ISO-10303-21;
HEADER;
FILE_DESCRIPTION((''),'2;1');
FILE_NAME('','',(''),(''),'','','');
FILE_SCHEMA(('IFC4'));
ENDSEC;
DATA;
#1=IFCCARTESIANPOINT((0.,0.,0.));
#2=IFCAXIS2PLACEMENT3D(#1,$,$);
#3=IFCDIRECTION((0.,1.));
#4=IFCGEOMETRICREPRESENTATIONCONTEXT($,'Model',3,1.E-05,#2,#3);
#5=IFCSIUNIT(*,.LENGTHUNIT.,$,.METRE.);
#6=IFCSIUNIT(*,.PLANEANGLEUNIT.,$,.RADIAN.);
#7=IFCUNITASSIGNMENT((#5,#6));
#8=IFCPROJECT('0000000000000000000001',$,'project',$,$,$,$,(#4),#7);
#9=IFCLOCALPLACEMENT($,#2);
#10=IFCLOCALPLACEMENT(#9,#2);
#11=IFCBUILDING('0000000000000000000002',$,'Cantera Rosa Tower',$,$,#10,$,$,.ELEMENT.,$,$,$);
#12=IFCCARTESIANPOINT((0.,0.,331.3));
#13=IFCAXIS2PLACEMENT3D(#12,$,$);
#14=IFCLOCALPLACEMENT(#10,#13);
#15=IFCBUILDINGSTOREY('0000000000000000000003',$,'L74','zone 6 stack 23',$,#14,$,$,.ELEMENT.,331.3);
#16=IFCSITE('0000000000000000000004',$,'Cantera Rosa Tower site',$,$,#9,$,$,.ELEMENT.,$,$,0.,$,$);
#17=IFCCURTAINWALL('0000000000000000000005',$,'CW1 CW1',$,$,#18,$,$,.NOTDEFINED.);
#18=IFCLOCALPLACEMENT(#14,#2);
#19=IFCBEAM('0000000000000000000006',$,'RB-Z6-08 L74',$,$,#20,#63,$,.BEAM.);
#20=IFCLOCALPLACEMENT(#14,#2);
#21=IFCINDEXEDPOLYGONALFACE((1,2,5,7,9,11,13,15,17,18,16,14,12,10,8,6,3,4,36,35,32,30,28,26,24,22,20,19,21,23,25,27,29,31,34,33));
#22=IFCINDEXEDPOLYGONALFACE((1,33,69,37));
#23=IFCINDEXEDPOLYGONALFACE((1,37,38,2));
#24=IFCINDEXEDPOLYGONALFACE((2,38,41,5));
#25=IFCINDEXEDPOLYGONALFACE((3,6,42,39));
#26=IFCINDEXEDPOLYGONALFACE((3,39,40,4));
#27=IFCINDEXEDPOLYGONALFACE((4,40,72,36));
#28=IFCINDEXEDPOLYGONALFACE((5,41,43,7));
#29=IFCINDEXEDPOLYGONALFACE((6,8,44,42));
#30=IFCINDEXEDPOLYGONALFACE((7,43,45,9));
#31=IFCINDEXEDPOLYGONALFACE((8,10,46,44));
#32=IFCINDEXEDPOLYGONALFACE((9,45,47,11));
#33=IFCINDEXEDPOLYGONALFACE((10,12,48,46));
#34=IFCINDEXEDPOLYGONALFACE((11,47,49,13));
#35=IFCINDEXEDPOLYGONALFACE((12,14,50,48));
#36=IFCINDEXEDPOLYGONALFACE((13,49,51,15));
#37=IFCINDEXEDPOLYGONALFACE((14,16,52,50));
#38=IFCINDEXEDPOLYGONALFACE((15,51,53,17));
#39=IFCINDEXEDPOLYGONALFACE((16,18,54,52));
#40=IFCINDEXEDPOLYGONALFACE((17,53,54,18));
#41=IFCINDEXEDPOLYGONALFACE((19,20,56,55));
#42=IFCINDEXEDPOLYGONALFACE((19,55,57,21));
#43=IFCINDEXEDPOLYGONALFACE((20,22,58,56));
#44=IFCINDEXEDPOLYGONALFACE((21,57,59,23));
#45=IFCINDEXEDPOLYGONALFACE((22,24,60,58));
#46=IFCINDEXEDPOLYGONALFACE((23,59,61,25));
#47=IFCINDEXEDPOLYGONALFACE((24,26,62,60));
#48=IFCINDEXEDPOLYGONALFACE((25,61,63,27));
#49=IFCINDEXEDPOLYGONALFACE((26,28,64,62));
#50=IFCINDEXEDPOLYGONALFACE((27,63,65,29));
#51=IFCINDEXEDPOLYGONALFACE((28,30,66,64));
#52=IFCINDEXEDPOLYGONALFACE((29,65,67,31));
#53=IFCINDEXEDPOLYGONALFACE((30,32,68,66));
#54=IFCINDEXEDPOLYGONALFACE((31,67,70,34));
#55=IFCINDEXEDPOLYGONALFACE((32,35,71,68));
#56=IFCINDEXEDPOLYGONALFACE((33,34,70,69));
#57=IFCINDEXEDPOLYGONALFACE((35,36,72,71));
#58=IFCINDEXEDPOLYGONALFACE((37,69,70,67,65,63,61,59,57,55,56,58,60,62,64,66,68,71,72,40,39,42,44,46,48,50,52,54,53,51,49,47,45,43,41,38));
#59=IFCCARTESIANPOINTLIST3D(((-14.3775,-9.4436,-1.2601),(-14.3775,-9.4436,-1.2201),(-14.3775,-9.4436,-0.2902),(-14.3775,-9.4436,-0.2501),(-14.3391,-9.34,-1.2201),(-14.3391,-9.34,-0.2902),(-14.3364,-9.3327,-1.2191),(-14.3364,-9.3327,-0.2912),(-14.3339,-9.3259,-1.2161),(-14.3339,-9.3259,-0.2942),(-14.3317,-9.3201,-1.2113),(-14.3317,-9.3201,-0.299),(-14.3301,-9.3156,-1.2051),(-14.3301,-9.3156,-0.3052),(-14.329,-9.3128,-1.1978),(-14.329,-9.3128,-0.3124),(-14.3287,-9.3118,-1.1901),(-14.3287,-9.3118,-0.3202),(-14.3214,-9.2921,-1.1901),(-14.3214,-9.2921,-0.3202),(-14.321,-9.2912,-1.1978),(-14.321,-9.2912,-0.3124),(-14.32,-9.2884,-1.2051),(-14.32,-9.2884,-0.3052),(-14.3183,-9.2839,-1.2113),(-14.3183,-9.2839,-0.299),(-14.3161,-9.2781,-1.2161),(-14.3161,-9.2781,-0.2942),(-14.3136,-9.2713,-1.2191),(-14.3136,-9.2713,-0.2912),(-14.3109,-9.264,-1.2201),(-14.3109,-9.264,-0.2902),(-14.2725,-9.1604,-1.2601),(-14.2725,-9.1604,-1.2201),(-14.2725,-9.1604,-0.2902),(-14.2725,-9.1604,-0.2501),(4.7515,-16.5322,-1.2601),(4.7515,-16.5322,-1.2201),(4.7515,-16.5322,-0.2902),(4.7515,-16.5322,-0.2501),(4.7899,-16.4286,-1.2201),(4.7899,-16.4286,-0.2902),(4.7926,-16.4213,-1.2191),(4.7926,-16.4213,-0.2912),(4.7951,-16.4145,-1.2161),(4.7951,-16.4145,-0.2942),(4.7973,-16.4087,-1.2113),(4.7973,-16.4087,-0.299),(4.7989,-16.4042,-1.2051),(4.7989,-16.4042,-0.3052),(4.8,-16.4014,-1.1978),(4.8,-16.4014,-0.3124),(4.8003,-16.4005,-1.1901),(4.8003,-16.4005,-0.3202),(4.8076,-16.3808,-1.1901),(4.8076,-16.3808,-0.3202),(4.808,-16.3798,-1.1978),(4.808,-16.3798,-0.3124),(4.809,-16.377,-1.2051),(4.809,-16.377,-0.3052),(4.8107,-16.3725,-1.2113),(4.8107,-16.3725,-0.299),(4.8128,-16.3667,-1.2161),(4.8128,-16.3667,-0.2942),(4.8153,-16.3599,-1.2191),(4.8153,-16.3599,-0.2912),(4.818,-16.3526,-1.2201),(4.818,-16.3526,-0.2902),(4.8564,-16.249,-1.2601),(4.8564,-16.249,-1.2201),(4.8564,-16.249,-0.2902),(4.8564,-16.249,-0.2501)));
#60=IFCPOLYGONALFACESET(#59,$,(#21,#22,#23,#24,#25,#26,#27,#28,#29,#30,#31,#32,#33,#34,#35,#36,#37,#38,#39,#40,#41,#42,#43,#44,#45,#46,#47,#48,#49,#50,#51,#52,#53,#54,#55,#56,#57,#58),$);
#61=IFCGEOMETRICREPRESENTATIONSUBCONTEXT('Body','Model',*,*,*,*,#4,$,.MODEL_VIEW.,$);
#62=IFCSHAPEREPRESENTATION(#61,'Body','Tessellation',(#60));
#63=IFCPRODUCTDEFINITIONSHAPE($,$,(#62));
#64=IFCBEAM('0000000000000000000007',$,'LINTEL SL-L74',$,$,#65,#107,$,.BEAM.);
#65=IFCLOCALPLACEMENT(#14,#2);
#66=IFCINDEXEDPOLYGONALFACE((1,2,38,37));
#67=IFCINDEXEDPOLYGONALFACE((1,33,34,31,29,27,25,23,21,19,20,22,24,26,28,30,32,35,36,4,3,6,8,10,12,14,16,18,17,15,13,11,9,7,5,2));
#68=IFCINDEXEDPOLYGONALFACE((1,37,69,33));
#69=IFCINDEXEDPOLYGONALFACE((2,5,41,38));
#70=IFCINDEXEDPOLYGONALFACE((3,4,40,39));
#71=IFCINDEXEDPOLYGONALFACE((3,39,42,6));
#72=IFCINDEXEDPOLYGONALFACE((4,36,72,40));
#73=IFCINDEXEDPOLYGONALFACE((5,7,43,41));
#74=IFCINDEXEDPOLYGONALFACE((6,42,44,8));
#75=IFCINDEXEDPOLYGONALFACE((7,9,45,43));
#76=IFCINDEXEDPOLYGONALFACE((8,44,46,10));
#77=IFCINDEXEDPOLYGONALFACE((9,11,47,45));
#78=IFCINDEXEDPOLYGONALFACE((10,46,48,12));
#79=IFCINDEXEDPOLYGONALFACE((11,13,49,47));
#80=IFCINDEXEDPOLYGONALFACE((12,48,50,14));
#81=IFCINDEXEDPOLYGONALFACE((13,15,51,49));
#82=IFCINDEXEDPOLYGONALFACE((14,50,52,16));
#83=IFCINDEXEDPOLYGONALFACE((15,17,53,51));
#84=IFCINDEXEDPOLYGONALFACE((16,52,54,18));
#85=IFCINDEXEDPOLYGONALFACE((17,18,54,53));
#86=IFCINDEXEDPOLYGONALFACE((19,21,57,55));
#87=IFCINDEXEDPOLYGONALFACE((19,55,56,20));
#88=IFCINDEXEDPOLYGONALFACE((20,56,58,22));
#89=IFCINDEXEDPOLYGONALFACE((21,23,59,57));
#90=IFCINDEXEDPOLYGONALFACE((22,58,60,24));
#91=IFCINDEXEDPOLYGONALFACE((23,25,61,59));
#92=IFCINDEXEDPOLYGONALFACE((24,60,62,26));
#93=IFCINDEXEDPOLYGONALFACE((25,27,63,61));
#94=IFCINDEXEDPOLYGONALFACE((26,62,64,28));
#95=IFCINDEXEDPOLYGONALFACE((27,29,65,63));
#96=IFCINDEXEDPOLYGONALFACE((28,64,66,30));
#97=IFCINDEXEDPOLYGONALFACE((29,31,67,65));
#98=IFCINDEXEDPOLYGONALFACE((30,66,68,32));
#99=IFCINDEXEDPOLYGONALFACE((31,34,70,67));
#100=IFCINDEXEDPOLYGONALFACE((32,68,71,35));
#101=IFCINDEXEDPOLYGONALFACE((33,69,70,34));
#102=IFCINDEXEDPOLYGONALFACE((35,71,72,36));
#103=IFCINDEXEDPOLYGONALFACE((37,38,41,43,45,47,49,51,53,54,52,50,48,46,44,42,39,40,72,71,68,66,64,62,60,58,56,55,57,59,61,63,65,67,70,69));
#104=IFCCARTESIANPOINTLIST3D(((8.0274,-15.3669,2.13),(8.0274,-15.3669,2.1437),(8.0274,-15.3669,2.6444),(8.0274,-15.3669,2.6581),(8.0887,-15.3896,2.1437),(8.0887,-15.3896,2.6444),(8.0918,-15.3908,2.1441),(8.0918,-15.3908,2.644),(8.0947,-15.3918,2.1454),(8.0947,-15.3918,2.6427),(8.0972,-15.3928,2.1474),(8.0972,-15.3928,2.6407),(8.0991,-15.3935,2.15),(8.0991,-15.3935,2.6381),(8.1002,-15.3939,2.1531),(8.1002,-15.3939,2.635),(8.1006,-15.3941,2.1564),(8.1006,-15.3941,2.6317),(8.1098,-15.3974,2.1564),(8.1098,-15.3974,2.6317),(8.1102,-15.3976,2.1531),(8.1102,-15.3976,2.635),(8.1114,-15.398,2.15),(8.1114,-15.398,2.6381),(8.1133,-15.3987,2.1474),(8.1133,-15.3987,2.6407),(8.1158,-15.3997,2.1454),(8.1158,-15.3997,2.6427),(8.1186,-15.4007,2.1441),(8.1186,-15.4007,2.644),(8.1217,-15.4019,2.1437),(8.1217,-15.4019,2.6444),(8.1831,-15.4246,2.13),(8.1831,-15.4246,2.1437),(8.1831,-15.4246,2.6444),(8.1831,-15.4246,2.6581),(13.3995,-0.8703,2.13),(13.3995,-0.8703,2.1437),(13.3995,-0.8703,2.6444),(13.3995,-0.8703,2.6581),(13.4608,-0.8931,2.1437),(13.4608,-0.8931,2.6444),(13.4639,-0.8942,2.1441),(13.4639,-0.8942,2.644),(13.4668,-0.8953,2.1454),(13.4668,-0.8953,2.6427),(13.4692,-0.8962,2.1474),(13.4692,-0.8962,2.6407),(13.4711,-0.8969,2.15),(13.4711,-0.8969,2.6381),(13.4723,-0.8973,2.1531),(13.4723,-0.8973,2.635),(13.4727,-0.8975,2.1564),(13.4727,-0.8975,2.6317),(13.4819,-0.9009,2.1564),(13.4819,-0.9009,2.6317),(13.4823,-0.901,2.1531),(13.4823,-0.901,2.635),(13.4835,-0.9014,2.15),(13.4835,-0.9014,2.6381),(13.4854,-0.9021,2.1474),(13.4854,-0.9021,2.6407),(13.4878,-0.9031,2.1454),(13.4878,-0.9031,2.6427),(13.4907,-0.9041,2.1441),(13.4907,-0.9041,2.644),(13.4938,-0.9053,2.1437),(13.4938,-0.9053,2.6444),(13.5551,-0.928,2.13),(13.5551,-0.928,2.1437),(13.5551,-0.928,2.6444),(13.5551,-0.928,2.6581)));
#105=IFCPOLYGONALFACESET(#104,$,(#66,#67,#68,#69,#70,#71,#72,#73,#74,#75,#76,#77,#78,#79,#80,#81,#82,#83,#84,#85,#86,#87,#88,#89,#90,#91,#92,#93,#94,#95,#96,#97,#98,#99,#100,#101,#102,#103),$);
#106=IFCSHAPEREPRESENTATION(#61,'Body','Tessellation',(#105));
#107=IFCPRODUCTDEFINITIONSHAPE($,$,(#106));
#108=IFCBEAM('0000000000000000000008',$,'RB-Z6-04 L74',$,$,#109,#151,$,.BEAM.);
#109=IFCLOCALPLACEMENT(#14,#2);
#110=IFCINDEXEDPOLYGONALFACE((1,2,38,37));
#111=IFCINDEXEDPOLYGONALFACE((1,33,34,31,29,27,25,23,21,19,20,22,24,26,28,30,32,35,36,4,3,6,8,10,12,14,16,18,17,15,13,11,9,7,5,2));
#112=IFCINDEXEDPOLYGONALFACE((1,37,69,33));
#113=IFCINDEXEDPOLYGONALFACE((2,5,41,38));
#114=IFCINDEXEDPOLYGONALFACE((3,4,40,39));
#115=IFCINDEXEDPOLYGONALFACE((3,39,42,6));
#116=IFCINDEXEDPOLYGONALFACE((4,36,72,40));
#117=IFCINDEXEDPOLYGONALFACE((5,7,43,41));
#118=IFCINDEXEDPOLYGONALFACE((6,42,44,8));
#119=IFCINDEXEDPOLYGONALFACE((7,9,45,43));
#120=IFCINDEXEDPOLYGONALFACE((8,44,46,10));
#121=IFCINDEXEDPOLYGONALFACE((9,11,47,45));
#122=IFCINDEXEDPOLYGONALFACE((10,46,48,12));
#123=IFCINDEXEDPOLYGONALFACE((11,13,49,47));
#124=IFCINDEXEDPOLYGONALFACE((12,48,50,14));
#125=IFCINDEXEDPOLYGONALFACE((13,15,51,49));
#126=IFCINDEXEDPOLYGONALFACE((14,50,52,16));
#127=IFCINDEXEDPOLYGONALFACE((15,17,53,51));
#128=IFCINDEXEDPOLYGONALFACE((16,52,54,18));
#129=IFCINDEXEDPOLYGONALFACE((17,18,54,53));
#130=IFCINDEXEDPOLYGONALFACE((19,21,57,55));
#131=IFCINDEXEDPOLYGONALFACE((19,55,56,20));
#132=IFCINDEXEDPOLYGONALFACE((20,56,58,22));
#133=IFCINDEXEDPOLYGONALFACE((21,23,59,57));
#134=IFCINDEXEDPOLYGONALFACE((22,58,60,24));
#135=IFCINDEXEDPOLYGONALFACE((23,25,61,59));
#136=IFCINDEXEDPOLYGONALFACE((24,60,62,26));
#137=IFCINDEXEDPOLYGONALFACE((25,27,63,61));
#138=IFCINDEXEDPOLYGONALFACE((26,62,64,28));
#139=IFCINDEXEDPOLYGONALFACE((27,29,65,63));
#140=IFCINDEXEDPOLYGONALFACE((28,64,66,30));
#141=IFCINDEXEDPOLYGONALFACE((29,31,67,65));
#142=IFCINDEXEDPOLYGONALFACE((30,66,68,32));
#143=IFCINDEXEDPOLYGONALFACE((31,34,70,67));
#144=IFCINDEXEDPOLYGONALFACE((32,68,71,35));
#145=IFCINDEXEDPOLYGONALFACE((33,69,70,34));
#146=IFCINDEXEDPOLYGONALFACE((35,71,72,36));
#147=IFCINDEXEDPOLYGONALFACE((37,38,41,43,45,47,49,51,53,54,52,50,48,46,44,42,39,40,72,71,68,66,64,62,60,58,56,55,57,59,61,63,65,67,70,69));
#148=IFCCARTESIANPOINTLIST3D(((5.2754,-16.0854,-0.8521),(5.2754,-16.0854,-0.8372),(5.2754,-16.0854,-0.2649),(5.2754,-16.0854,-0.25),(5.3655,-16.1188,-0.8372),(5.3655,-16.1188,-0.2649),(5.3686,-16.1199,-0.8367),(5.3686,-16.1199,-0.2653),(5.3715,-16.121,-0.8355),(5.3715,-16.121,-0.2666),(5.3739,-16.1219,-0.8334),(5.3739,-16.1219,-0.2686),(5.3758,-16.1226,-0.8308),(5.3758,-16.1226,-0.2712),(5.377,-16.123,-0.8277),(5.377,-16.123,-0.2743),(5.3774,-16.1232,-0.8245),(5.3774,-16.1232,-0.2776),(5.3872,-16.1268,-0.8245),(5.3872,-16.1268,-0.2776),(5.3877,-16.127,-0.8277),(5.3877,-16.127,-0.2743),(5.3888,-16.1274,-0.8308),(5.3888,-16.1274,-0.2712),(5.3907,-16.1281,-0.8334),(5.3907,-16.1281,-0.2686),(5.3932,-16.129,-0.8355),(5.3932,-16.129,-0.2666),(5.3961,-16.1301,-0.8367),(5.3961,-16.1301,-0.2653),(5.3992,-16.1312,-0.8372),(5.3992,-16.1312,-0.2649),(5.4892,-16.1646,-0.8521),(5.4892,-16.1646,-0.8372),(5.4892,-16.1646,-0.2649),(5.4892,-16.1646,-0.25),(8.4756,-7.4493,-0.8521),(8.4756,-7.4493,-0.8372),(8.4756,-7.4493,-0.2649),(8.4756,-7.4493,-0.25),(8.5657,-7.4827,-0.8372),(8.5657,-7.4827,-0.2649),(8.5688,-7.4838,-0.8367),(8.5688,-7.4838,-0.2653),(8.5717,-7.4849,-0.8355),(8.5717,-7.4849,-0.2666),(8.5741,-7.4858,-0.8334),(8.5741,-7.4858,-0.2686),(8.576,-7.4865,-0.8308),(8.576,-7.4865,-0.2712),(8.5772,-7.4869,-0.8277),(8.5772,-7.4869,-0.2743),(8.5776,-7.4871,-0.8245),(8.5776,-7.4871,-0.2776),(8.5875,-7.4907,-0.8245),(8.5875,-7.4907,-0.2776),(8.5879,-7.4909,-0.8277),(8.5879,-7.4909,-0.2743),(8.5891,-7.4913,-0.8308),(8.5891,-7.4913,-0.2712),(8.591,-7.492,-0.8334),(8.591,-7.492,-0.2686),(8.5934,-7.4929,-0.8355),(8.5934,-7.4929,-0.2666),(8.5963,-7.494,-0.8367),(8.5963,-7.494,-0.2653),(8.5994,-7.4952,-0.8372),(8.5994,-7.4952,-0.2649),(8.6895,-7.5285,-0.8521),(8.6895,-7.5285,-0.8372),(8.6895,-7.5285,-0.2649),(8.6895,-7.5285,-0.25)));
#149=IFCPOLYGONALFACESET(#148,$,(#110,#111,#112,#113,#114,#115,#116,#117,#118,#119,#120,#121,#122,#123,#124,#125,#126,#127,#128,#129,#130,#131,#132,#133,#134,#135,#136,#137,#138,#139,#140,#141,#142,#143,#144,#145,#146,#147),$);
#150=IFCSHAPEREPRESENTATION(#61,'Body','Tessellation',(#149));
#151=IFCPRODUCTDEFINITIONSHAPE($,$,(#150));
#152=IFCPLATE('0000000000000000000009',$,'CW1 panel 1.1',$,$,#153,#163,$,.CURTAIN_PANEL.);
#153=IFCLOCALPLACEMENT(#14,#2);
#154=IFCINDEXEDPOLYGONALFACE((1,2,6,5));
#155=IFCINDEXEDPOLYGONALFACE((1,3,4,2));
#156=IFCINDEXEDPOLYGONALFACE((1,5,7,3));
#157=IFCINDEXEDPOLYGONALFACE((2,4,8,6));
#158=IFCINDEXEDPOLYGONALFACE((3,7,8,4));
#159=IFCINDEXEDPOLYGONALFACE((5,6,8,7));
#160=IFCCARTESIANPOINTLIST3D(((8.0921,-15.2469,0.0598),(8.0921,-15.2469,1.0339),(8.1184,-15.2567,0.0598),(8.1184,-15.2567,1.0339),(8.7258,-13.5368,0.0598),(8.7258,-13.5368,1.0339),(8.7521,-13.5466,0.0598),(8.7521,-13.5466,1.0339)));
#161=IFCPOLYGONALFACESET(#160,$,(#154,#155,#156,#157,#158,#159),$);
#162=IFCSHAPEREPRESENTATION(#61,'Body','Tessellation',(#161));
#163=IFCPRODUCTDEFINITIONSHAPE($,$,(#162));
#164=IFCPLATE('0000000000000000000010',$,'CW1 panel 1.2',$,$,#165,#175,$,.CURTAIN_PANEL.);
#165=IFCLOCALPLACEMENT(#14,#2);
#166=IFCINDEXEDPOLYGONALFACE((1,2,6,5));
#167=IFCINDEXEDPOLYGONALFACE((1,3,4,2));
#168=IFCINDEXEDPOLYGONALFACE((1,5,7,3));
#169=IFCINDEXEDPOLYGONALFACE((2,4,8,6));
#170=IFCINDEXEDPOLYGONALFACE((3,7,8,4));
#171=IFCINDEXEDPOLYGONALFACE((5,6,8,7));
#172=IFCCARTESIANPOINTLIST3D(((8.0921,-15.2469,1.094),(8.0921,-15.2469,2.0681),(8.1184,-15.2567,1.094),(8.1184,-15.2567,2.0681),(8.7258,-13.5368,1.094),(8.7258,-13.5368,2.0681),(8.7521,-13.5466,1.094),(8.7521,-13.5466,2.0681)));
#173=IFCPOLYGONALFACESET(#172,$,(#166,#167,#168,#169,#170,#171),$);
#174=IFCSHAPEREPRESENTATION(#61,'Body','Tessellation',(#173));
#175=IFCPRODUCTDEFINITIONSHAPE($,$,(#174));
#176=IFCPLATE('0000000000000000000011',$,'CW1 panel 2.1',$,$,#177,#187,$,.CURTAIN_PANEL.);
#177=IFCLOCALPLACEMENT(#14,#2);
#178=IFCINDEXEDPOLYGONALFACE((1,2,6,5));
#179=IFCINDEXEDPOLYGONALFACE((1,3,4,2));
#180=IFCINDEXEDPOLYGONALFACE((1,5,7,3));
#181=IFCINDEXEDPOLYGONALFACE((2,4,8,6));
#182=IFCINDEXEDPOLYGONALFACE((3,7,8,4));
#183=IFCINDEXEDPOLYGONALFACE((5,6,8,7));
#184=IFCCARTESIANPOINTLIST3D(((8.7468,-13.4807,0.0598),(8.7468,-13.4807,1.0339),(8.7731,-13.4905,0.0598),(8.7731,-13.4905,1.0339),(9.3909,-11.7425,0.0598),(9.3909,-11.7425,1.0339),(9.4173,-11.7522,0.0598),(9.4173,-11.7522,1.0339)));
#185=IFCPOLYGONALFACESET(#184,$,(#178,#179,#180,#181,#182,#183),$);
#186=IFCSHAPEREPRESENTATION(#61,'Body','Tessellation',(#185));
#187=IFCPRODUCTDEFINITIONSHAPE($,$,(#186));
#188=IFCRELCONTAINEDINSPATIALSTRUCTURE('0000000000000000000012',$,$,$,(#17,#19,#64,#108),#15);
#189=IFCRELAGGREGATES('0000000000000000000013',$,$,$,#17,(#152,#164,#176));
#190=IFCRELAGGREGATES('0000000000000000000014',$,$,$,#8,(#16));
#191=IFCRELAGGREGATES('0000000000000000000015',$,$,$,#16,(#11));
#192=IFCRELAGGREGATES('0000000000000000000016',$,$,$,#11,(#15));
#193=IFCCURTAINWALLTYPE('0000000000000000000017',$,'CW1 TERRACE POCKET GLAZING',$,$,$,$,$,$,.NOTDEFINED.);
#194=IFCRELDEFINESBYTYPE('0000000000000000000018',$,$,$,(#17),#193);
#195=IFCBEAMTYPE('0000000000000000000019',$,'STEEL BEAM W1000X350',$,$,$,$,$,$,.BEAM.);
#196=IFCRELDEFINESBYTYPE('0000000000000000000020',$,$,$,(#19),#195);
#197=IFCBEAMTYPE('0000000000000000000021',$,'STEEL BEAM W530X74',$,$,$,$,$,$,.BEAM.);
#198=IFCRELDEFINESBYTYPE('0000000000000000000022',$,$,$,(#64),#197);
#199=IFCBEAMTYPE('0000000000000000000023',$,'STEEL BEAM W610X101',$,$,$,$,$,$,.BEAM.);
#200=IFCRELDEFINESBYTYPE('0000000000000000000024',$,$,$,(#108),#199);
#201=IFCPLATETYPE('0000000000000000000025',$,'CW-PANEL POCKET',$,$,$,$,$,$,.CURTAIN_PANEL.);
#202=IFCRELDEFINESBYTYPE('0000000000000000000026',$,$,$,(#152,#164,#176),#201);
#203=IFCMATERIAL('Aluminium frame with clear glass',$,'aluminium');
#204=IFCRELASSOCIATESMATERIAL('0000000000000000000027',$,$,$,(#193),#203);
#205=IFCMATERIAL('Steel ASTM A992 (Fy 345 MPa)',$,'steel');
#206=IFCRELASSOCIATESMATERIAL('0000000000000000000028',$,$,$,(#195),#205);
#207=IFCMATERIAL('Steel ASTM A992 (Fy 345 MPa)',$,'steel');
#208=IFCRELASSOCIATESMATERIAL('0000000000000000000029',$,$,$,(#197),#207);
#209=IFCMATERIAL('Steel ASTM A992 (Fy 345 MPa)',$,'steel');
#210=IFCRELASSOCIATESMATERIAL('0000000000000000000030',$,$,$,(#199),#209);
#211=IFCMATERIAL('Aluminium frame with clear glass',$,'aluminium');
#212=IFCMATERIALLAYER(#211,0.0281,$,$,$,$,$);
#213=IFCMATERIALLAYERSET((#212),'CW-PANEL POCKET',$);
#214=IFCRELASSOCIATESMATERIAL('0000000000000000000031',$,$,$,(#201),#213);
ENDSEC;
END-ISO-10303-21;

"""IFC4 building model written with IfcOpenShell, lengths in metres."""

from ifc_helpers import new_model, si_unit, direction, frame, origin, origin_2d, place, context, subcontext, project, spatial, rectangle, i_section, extrude, material, layer, layer_set, material_profile, profile_set, type_object, element, aggregate, save


model = new_model("IFC4")

# Units and contexts
model_context = context("Model", 3, precision=1e-05, world=origin(), true_north=direction((0.0, 1.0)))
body_context = subcontext(model_context, "Body", "Model", "MODEL_VIEW")
ifc_project = project(units=[si_unit("LENGTHUNIT", "METRE"), si_unit("PLANEANGLEUNIT", "RADIAN")], contexts=[model_context])

# Site, building, storey
site_placement = place(None, origin())
site = spatial("IfcSite", under=ifc_project, at=site_placement, Name="Cantera Rosa Tower site", CompositionType="ELEMENT", RefElevation=0.0)
building_placement = place(site_placement, origin())
building = spatial("IfcBuilding", under=site, at=building_placement, Name="Cantera Rosa Tower", CompositionType="ELEMENT")
storey_placement = place(building_placement, frame((0.0, 0.0, 331.3)))
storey = spatial("IfcBuildingStorey", under=building, at=storey_placement, Name="L74", Description="zone 6 stack 23", CompositionType="ELEMENT", Elevation=331.3)

# Curtain wall
ifc_material_1 = material(Name="Aluminium frame with clear glass", Category="aluminium")
curtain_wall_type = type_object("IfcCurtainWallType", Name="CW1 TERRACE POCKET GLAZING", PredefinedType="NOTDEFINED", material=ifc_material_1)
curtain_wall_placement = place(storey_placement, origin())
curtain_wall = element("IfcCurtainWall", 1, at=curtain_wall_placement, inside=storey, type_object=curtain_wall_type, Name="CW1 CW1", PredefinedType="NOTDEFINED")

# Beams
ifc_material_2 = material(Name="Steel ASTM A992 (Fy 345 MPa)", Category="steel")
ifc_material_profile_1 = material_profile(ifc_material_2, i_section(OverallWidth=0.302, OverallDepth=1.01, WebThickness=0.021, FlangeThickness=0.04, FilletRadius=0.03, at=origin_2d()), Name="W1000X350")
ifc_profile_set_1 = profile_set([ifc_material_profile_1], Name="Steel ASTM A992 (Fy 345 MPa)")
beam_type_1 = type_object("IfcBeamType", Name="STEEL BEAM W1000X350", PredefinedType="BEAM", material=ifc_profile_set_1)
beam_1_placement = place(storey_placement, frame((4.804, -16.3906, -0.7551), z_axis=(-0.937687, 0.34748, 0.0), x_axis=(-0.34748, -0.937687, 0.0)))
element("IfcBeam", 2, at=beam_1_placement, inside=storey, type_object=beam_type_1, Name="RB-Z6-08 L74", PredefinedType="BEAM", context=body_context, shape_type="SweptSolid", body=[
    extrude(i_section(OverallWidth=0.302, OverallDepth=1.01, WebThickness=0.021, FlangeThickness=0.04, FilletRadius=0.03, at=origin_2d()), origin(), (0.0, 0.0, 1.0), 20.4001),
])
ifc_material_3 = material(Name="Steel ASTM A992 (Fy 345 MPa)", Category="steel")
ifc_material_profile_2 = material_profile(ifc_material_3, i_section(OverallWidth=0.166, OverallDepth=0.5281, WebThickness=0.0098, FlangeThickness=0.0137, FilletRadius=0.0127, at=origin_2d()), Name="W530X74")
ifc_profile_set_2 = profile_set([ifc_material_profile_2], Name="Steel ASTM A992 (Fy 345 MPa)")
beam_type_2 = type_object("IfcBeamType", Name="STEEL BEAM W530X74", PredefinedType="BEAM", material=ifc_profile_set_2)
beam_2_placement = place(storey_placement, frame((8.1052, -15.3958, 2.394), z_axis=(0.347483, 0.937686, 0.0), x_axis=(-0.937686, 0.347483, 0.0)))
element("IfcBeam", 3, at=beam_2_placement, inside=storey, type_object=beam_type_2, Name="LINTEL SL-L74", PredefinedType="BEAM", context=body_context, shape_type="SweptSolid", body=[
    extrude(i_section(OverallWidth=0.166, OverallDepth=0.5281, WebThickness=0.0098, FlangeThickness=0.0137, FilletRadius=0.0127, at=origin_2d()), origin(), (0.0, 0.0, 1.0), 15.46),
])
ifc_material_4 = material(Name="Steel ASTM A992 (Fy 345 MPa)", Category="steel")
ifc_material_profile_3 = material_profile(ifc_material_4, i_section(OverallWidth=0.228, OverallDepth=0.6021, WebThickness=0.0105, FlangeThickness=0.0149, FilletRadius=0.0127, at=origin_2d()), Name="W610X101")
ifc_profile_set_3 = profile_set([ifc_material_profile_3], Name="Steel ASTM A992 (Fy 345 MPa)")
beam_type_3 = type_object("IfcBeamType", Name="STEEL BEAM W610X101", PredefinedType="BEAM", material=ifc_profile_set_3)
beam_3_placement = place(storey_placement, frame((5.3823, -16.125, -0.551), z_axis=(0.347475, 0.937689, 0.0), x_axis=(-0.937689, 0.347475, 0.0)))
element("IfcBeam", 4, at=beam_3_placement, inside=storey, type_object=beam_type_3, Name="RB-Z6-04 L74", PredefinedType="BEAM", context=body_context, shape_type="SweptSolid", body=[
    extrude(i_section(OverallWidth=0.228, OverallDepth=0.6021, WebThickness=0.0105, FlangeThickness=0.0149, FilletRadius=0.0127, at=origin_2d()), origin(), (0.0, 0.0, 1.0), 9.21),
])

# Plates
ifc_material_5 = material(Name="Aluminium frame with clear glass", Category="aluminium")
ifc_layer_1 = layer(ifc_material_5, 0.0281)
ifc_layer_set_1 = layer_set([ifc_layer_1], Name="CW-PANEL POCKET")
plate_type = type_object("IfcPlateType", Name="CW-PANEL POCKET", PredefinedType="CURTAIN_PANEL", material=ifc_layer_set_1)
plate_1_placement = place(storey_placement, frame((8.4221, -14.3967, 0.0598), z_axis=(0.0, 0.0, 1.0), x_axis=(0.347481, 0.937687, 0.0)))
plate_1 = element("IfcPlate", 5, at=plate_1_placement, type_object=plate_type, Name="CW1 panel 1.1", PredefinedType="CURTAIN_PANEL", context=body_context, shape_type="SweptSolid", body=[
    extrude(rectangle(XDim=1.8237, YDim=0.0281, at=origin_2d()), origin(), (0.0, 0.0, 1.0), 0.9741),
])
plate_2_placement = place(storey_placement, frame((8.4221, -14.3967, 1.094), z_axis=(0.0, 0.0, 1.0), x_axis=(0.347481, 0.937687, 0.0)))
plate_2 = element("IfcPlate", 6, at=plate_2_placement, type_object=plate_type, Name="CW1 panel 1.2", PredefinedType="CURTAIN_PANEL", context=body_context, shape_type="SweptSolid", body=[
    extrude(rectangle(XDim=1.8237, YDim=0.0281, at=origin_2d()), origin(), (0.0, 0.0, 1.0), 0.9741),
])
plate_3_placement = place(storey_placement, frame((9.082, -12.6165, 0.0598), z_axis=(0.0, 0.0, 1.0), x_axis=(0.347481, 0.937687, 0.0)))
plate_3 = element("IfcPlate", 7, at=plate_3_placement, type_object=plate_type, Name="CW1 panel 2.1", PredefinedType="CURTAIN_PANEL", context=body_context, shape_type="SweptSolid", body=[
    extrude(rectangle(XDim=1.8538, YDim=0.0281, at=origin_2d()), origin(), (0.0, 0.0, 1.0), 0.9741),
])
aggregate(curtain_wall, [plate_1, plate_2, plate_3])

save(model, "model.ifc")
